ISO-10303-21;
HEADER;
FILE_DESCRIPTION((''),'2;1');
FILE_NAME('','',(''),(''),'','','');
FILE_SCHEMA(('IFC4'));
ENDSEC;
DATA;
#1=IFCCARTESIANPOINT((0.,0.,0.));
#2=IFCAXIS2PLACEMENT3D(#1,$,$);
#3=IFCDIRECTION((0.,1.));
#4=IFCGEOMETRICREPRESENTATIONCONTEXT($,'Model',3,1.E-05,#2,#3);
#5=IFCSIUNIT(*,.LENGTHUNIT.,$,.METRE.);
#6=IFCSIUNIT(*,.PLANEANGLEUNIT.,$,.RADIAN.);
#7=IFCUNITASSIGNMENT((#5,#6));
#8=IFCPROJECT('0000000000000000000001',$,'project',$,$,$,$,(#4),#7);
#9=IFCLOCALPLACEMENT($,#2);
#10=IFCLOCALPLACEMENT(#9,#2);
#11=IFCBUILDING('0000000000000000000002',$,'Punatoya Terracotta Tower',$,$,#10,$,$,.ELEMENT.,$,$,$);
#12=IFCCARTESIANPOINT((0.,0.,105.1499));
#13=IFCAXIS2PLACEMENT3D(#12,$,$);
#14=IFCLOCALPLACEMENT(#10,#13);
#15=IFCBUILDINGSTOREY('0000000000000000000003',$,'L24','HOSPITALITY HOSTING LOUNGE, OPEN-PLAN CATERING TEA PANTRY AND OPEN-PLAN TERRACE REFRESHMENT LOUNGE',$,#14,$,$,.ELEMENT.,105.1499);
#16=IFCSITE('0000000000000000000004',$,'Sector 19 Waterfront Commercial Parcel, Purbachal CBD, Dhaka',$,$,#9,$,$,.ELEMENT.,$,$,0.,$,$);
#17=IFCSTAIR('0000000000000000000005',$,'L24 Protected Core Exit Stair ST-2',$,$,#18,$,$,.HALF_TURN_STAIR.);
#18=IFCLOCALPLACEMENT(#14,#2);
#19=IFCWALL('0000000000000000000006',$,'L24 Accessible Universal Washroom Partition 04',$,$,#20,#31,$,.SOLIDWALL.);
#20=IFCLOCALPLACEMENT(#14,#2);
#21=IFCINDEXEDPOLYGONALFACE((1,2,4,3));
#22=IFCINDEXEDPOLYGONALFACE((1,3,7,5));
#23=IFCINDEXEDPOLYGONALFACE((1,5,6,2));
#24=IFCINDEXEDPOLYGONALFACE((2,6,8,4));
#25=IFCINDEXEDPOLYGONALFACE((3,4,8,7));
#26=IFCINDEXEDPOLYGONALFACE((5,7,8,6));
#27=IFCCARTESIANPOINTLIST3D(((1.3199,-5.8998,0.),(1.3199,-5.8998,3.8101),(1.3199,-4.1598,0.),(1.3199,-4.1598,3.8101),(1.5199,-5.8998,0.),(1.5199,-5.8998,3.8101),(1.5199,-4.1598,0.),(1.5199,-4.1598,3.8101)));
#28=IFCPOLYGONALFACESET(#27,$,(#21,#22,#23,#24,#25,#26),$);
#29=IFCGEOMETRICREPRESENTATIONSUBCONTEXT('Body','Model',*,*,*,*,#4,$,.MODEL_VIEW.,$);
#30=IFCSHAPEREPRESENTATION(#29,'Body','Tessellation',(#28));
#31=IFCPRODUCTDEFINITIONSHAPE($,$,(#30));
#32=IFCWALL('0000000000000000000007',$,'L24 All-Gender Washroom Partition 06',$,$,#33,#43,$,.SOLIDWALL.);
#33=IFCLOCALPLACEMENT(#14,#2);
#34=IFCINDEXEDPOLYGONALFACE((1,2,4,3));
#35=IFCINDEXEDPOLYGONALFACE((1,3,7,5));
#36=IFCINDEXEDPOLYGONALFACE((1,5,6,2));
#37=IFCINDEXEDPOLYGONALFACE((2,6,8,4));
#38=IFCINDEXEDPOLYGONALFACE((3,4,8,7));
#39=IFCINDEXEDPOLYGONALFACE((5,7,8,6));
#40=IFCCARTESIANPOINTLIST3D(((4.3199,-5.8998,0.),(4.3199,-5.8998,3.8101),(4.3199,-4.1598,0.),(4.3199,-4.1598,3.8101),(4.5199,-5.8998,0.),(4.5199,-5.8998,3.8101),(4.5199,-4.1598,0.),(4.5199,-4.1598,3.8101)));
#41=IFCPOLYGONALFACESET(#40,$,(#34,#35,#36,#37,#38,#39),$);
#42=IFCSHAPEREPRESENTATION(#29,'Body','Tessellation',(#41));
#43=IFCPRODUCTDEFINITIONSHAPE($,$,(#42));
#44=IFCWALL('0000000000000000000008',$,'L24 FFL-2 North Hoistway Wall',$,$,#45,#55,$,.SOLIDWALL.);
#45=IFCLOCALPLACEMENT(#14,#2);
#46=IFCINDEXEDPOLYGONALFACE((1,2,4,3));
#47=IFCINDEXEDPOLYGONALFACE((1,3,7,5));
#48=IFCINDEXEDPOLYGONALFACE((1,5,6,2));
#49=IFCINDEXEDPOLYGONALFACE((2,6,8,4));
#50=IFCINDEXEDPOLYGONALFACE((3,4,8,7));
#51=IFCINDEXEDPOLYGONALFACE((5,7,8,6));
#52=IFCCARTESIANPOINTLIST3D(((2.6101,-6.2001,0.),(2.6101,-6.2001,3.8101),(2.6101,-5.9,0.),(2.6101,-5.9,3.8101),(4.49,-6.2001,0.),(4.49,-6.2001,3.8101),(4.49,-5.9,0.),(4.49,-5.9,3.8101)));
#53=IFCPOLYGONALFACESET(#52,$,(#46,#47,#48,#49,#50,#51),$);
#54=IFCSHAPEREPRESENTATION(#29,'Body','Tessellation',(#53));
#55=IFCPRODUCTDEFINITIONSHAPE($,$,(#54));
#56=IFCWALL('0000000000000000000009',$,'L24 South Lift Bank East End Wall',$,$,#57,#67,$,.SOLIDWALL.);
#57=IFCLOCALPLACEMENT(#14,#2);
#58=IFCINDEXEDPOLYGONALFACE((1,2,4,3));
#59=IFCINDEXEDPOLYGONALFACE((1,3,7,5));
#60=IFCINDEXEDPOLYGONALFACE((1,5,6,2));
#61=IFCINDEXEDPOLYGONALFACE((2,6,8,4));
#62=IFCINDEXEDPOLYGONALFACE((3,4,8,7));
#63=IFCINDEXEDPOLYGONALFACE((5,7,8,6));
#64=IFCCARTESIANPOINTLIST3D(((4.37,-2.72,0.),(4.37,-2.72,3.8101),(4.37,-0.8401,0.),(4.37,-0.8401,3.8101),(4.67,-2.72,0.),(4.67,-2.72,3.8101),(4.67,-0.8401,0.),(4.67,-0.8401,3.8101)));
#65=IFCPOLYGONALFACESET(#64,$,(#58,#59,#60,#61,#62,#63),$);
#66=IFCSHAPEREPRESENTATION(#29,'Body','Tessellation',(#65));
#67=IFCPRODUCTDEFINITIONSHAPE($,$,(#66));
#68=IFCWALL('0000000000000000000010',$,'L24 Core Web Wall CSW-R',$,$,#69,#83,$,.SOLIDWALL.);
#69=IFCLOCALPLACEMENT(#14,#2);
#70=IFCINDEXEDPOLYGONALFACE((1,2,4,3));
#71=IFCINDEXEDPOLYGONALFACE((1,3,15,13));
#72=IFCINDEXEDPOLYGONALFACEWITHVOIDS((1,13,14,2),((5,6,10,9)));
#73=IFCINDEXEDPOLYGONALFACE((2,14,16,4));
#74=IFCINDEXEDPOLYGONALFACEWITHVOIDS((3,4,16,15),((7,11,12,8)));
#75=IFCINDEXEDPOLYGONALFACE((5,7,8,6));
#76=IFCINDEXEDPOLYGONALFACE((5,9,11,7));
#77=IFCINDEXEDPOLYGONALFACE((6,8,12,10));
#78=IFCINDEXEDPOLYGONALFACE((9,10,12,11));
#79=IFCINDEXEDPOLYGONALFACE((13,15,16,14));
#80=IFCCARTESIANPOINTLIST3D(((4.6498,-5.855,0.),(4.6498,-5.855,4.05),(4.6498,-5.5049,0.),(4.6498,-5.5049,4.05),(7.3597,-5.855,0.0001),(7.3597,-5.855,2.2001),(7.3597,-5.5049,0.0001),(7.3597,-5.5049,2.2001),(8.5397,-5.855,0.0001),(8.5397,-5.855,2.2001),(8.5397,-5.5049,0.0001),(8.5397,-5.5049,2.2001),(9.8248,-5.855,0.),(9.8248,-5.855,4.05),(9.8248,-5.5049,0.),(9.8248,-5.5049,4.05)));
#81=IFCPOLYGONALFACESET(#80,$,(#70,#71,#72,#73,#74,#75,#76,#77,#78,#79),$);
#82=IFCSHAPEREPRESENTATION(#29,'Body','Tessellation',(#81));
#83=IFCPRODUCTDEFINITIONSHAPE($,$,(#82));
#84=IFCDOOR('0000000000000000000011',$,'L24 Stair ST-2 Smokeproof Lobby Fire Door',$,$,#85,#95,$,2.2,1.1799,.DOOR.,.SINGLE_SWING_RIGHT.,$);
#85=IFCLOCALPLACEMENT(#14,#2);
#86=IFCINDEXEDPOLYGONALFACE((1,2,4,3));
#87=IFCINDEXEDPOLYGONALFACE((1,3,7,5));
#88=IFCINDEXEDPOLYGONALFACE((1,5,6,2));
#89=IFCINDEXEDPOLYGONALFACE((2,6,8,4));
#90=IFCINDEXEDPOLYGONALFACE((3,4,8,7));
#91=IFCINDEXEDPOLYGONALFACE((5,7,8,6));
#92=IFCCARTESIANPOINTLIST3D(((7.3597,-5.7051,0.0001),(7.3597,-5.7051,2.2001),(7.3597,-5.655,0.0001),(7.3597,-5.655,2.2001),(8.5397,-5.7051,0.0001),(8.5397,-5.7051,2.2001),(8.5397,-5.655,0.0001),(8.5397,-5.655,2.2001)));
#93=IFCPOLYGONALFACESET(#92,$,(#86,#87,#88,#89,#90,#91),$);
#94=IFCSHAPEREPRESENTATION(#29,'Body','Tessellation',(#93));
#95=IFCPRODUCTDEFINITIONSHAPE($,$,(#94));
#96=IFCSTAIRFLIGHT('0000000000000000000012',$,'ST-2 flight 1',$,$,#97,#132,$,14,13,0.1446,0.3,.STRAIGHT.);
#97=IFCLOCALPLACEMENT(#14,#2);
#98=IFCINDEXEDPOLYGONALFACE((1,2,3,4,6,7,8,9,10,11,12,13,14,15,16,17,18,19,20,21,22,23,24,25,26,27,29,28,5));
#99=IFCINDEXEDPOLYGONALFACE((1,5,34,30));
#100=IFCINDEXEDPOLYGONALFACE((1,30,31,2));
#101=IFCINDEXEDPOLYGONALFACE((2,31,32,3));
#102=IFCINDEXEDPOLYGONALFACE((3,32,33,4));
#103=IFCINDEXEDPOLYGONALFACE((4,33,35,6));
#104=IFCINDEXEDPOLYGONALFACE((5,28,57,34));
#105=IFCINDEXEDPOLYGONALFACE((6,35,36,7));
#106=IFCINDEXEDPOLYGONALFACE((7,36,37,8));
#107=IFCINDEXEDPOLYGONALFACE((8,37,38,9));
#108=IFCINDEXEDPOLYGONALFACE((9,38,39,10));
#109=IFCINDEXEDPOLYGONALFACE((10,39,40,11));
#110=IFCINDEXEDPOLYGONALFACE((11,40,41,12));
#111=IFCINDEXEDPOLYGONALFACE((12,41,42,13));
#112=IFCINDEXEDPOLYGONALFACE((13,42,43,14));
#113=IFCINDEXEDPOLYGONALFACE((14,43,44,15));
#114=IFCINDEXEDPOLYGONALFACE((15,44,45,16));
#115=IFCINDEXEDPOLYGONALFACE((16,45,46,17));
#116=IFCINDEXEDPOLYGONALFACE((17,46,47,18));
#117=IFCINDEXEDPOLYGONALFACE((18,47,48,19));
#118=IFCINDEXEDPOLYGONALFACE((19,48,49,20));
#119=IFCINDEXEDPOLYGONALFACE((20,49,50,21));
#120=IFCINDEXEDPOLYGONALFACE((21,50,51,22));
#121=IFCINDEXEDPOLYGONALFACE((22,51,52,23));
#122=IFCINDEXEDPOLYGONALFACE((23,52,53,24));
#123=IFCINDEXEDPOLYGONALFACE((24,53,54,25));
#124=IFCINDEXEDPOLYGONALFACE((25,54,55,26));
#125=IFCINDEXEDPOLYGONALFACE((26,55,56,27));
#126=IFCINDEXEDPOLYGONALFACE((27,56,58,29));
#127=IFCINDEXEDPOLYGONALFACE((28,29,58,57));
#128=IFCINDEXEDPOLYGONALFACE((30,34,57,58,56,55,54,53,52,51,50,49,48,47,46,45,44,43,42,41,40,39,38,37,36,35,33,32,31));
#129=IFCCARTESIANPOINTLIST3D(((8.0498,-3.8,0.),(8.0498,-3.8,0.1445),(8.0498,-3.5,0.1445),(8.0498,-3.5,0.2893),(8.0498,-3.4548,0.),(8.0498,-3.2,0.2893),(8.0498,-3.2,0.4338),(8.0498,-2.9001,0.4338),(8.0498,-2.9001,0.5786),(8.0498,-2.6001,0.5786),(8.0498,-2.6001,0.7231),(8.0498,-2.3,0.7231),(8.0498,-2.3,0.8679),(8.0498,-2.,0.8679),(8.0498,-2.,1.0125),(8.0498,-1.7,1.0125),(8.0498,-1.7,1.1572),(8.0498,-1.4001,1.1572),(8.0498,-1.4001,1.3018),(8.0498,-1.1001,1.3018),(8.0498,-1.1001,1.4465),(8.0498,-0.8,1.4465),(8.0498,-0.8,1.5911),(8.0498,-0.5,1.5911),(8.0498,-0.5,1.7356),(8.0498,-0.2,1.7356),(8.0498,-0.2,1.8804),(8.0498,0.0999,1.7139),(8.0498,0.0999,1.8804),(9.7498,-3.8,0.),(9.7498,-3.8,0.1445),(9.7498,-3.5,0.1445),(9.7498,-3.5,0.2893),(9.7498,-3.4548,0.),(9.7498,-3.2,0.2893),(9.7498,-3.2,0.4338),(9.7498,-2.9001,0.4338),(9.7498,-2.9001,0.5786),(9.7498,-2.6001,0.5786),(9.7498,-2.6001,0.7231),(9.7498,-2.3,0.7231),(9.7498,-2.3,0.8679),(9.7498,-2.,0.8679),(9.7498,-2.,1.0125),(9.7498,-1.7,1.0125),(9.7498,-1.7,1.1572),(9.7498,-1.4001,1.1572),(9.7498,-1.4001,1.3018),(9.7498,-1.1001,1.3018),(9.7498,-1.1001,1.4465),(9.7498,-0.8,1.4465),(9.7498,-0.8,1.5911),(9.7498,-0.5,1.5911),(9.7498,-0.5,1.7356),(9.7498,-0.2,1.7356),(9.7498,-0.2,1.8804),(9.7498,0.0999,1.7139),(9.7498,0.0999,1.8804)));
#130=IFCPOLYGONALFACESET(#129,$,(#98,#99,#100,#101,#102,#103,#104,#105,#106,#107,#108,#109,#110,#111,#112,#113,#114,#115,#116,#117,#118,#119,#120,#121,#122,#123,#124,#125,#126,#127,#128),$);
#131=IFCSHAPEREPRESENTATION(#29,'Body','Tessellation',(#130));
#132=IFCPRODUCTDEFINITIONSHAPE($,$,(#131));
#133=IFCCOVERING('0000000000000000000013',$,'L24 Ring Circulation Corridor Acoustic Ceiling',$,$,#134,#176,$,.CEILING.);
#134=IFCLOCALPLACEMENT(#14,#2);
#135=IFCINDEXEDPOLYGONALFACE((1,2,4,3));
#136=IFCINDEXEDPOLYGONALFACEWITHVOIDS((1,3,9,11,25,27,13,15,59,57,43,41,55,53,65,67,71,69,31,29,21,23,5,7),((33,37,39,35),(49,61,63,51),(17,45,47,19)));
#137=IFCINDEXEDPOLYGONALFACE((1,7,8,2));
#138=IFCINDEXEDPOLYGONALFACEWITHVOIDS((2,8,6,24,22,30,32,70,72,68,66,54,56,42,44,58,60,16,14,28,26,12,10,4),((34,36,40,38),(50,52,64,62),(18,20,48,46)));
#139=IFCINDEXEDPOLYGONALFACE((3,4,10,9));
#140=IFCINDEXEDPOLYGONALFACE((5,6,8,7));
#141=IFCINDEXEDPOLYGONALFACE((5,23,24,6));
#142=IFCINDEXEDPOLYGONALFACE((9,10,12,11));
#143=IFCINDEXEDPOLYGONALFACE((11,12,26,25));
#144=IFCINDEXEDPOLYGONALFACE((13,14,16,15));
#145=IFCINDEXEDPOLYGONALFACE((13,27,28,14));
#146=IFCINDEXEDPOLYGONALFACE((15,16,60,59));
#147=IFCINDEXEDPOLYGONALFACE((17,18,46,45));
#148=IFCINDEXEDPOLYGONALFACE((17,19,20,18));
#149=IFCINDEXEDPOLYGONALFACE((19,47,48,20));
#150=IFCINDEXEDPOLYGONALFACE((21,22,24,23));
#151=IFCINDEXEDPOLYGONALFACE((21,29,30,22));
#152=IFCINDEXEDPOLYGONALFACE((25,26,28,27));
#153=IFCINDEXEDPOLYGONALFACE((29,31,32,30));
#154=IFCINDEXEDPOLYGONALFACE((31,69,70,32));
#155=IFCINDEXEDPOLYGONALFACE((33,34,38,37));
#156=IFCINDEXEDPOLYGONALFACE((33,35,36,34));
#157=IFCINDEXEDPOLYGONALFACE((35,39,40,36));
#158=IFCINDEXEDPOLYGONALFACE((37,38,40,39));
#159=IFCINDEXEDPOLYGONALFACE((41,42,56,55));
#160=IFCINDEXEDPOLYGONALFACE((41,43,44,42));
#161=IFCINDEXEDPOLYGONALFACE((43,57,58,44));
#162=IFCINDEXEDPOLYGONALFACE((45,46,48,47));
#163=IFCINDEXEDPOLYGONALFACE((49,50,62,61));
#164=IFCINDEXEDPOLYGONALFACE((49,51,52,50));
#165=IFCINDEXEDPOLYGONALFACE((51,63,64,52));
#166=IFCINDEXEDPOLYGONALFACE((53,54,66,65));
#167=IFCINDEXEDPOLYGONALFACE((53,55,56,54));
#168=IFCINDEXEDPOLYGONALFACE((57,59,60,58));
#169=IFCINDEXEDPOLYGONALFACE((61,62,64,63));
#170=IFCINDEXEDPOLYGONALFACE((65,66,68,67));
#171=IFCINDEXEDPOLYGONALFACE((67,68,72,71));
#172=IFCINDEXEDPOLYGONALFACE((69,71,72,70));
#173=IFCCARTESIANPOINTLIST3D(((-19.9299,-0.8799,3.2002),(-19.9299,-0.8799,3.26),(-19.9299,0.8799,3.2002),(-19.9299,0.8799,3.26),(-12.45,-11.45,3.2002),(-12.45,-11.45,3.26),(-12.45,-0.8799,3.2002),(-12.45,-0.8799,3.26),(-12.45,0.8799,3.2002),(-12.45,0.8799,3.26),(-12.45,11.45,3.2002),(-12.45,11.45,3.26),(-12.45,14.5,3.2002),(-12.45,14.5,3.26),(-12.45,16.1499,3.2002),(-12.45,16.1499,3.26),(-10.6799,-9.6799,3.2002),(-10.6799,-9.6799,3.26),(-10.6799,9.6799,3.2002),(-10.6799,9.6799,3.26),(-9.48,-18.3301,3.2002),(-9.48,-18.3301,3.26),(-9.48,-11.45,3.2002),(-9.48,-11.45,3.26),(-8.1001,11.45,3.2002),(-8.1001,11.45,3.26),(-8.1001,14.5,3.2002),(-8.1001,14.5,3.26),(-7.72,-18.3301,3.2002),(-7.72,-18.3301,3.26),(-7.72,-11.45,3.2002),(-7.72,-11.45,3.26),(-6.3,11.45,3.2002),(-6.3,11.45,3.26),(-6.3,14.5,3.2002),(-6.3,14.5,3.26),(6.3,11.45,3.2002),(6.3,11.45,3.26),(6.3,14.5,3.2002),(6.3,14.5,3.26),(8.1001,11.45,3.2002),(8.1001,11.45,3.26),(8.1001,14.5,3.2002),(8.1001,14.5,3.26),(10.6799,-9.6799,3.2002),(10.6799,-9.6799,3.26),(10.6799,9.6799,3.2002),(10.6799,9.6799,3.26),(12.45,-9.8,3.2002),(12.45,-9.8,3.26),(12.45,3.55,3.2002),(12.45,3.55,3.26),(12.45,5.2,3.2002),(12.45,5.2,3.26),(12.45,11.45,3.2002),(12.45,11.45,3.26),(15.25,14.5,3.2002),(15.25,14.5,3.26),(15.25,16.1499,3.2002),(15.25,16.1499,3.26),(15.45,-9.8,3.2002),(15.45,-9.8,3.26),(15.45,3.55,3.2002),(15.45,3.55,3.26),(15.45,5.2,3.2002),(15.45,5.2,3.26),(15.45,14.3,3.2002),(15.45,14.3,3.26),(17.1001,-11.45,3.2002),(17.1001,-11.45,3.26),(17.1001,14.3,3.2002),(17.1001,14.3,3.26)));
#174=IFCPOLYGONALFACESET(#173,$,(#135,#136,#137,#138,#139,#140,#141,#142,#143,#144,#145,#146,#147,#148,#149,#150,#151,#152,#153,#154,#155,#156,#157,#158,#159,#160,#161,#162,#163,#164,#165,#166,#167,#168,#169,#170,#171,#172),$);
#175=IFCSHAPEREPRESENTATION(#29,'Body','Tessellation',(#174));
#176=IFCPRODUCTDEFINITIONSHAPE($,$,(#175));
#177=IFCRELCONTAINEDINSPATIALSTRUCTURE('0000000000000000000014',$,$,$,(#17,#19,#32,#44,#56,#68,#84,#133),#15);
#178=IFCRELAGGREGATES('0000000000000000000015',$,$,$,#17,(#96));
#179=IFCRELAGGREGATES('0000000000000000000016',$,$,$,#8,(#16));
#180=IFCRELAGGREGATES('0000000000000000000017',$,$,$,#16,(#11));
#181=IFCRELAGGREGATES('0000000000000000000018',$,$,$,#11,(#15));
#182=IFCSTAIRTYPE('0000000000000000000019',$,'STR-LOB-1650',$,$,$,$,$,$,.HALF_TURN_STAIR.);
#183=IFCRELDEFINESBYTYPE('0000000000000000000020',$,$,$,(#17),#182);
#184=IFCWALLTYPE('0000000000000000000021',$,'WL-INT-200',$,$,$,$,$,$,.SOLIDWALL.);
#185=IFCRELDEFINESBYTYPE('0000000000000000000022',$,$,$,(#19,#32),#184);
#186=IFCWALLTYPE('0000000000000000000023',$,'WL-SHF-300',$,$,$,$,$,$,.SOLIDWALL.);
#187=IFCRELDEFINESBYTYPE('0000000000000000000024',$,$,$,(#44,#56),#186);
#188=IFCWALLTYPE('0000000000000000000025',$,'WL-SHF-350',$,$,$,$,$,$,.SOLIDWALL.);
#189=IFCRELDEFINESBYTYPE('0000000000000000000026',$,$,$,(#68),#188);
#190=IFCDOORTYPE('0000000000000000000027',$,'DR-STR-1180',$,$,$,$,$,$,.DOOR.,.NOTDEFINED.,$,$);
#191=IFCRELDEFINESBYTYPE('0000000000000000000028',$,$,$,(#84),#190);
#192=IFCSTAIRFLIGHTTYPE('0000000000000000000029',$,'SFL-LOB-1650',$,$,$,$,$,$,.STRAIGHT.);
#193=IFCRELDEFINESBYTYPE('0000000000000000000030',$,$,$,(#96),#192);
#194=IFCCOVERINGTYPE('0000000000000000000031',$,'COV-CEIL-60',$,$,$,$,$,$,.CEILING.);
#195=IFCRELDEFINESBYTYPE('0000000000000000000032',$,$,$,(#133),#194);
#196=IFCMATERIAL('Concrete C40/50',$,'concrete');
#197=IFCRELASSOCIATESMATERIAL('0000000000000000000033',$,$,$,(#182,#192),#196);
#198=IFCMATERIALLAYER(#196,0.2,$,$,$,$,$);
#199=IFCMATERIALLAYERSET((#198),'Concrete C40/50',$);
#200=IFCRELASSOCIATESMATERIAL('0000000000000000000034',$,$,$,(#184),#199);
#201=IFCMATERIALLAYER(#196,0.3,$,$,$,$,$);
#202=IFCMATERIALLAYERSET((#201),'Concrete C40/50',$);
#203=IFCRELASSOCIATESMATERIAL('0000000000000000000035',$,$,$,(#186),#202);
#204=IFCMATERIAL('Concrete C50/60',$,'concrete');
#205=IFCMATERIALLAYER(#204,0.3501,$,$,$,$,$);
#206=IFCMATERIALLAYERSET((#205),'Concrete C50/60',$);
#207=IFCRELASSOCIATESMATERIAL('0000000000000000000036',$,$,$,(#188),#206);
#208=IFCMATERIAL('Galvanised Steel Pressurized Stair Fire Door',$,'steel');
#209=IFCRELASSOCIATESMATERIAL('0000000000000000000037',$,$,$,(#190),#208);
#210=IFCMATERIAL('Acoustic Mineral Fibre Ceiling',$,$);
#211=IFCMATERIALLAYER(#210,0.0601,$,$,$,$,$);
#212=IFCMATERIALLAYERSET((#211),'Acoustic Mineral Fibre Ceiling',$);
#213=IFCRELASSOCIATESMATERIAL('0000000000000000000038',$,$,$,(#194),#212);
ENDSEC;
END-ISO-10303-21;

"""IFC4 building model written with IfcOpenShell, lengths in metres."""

from ifc_helpers import new_model, si_unit, direction, frame, frame_2d, origin, place, context, subcontext, project, spatial, polyline, rectangle, outline, extrude, material, layer, layer_set, type_object, element, fill, aggregate, save


model = new_model("IFC4")

# Units and contexts
model_context = context("Model", 3, precision=1e-05, world=origin(), true_north=direction((0.0, 1.0)))
body_context = subcontext(model_context, "Body", "Model", "MODEL_VIEW")
ifc_project = project(units=[si_unit("LENGTHUNIT", "METRE"), si_unit("PLANEANGLEUNIT", "RADIAN")], contexts=[model_context])

# Site, building, storey
site_placement = place(None, origin())
site = spatial("IfcSite", under=ifc_project, at=site_placement, Name="Sector 19 Waterfront Commercial Parcel, Purbachal CBD, Dhaka", CompositionType="ELEMENT", RefElevation=0.0)
building_placement = place(site_placement, origin())
building = spatial("IfcBuilding", under=site, at=building_placement, Name="Punatoya Terracotta Tower", CompositionType="ELEMENT")
storey_placement = place(building_placement, frame((0.0, 0.0, 105.1499)))
storey = spatial("IfcBuildingStorey", under=building, at=storey_placement, Name="L24", Description="HOSPITALITY HOSTING LOUNGE, OPEN-PLAN CATERING TEA PANTRY AND OPEN-PLAN TERRACE REFRESHMENT LOUNGE", CompositionType="ELEMENT", Elevation=105.1499)

# Stair
ifc_material_1 = material(Name="Concrete C40/50", Category="concrete")
stair_type_1 = type_object("IfcStairType", Name="STR-LOB-1650", PredefinedType="HALF_TURN_STAIR", material=ifc_material_1)
stair_1_placement = place(storey_placement, origin())
stair_1 = element("IfcStair", 1, at=stair_1_placement, inside=storey, type_object=stair_type_1, Name="L24 Protected Core Exit Stair ST-2", PredefinedType="HALF_TURN_STAIR")

# Wall
ifc_layer_1 = layer(ifc_material_1, 0.2)
ifc_layer_set_1 = layer_set([ifc_layer_1], Name="Concrete C40/50")
wall_type_1 = type_object("IfcWallType", Name="WL-INT-200", PredefinedType="SOLIDWALL", material=ifc_layer_set_1)
wall_1_placement = place(storey_placement, frame((1.4199, -5.8999, 0.0), z_axis=(0.0, 0.0, 1.0), x_axis=(0.0, 1.0, 0.0)))
element("IfcWall", 2, at=wall_1_placement, inside=storey, type_object=wall_type_1, Name="L24 Accessible Universal Washroom Partition 04", PredefinedType="SOLIDWALL", context=body_context, shape_type="SweptSolid", body=[
    extrude(rectangle(XDim=1.74, YDim=0.2, at=frame_2d((0.8701, 0.0))), origin(), (0.0, 0.0, 1.0), 3.8101),
])

# Wall
wall_2_placement = place(storey_placement, frame((4.4199, -5.8999, 0.0), z_axis=(0.0, 0.0, 1.0), x_axis=(0.0, 1.0, 0.0)))
element("IfcWall", 3, at=wall_2_placement, inside=storey, type_object=wall_type_1, Name="L24 All-Gender Washroom Partition 06", PredefinedType="SOLIDWALL", context=body_context, shape_type="SweptSolid", body=[
    extrude(rectangle(XDim=1.74, YDim=0.2, at=frame_2d((0.8701, 0.0))), origin(), (0.0, 0.0, 1.0), 3.8101),
])

# Walls
ifc_layer_2 = layer(ifc_material_1, 0.3)
ifc_layer_set_2 = layer_set([ifc_layer_2], Name="Concrete C40/50")
wall_type_2 = type_object("IfcWallType", Name="WL-SHF-300", PredefinedType="SOLIDWALL", material=ifc_layer_set_2)
for number, where, z_axis, x_axis, name in (
    (4, (2.6101, -6.05, 0.0), (0.0, 0.0, 1.0), (1.0, 0.0, 0.0), "L24 FFL-2 North Hoistway Wall"),
    (5, (4.52, -2.72, 0.0), (0.0, 0.0, 1.0), (0.0, 1.0, 0.0), "L24 South Lift Bank East End Wall"),
):
    element("IfcWall", number, at=place(storey_placement, frame(where, z_axis=z_axis, x_axis=x_axis)), inside=storey, type_object=wall_type_2, Name=name, PredefinedType="SOLIDWALL", context=body_context, shape_type="SweptSolid", body=[
        extrude(rectangle(XDim=1.8799, YDim=0.3, at=frame_2d((0.9399, 0.0))), origin(), (0.0, 0.0, 1.0), 3.8101),
    ])

# Wall, opening, door
ifc_material_2 = material(Name="Concrete C50/60", Category="concrete")
ifc_layer_3 = layer(ifc_material_2, 0.3501)
ifc_layer_set_3 = layer_set([ifc_layer_3], Name="Concrete C50/60")
wall_type_3 = type_object("IfcWallType", Name="WL-SHF-350", PredefinedType="SOLIDWALL", material=ifc_layer_set_3)
wall_3_placement = place(storey_placement, frame((4.6499, -5.6799, 0.0), z_axis=(0.0, 0.0, 1.0), x_axis=(1.0, 0.0, 0.0)))
wall_3 = element("IfcWall", 6, at=wall_3_placement, inside=storey, type_object=wall_type_3, Name="L24 Core Web Wall CSW-R", PredefinedType="SOLIDWALL", context=body_context, shape_type="SweptSolid", body=[
    extrude(rectangle(XDim=5.175, YDim=0.3501, at=frame_2d((2.5874, 0.0))), origin(), (0.0, 0.0, 1.0), 4.05),
])
opening_1_placement = place(wall_3_placement, frame((2.71, 0.0, 0.0)))
opening_1 = element("IfcOpeningElement", 7, at=opening_1_placement, cuts=wall_3, PredefinedType="OPENING", context=body_context, shape_type="SweptSolid", body=[
    extrude(rectangle(XDim=1.1799, YDim=2.2, at=frame_2d((0.5898, 1.1001))), frame((0.0, 0.1851, 0.0), z_axis=(0.0, -1.0, 0.0), x_axis=(1.0, 0.0, 0.0)), (0.0, 0.0, 1.0), 0.3701),
])
ifc_material_3 = material(Name="Galvanised Steel Pressurized Stair Fire Door", Category="steel")
door_type_1 = type_object("IfcDoorType", Name="DR-STR-1180", OperationType="NOTDEFINED", PredefinedType="DOOR", material=ifc_material_3)
door_1_placement = place(opening_1_placement, origin())
door_1 = element("IfcDoor", 8, at=door_1_placement, inside=storey, type_object=door_type_1, Name="L24 Stair ST-2 Smokeproof Lobby Fire Door", OperationType="SINGLE_SWING_RIGHT", OverallHeight=2.2, OverallWidth=1.1799, PredefinedType="DOOR", context=body_context, shape_type="SweptSolid", body=[
    extrude(rectangle(XDim=1.1799, YDim=2.2, at=frame_2d((0.5898, 1.1001))), frame((0.0, 0.0249, 0.0), z_axis=(0.0, -1.0, 0.0), x_axis=(1.0, 0.0, 0.0)), (0.0, 0.0, 1.0), 0.05),
])
fill(opening_1, door_1)

# Stair flight
stair_flight_type = type_object("IfcStairFlightType", Name="SFL-LOB-1650", PredefinedType="STRAIGHT", material=ifc_material_1)
stair_flight_placement = place(storey_placement, frame((8.8999, -3.8, 0.0), z_axis=(0.0, 0.0, 1.0), x_axis=(0.0, 1.0, 0.0)))
stair_flight = element("IfcStairFlight", 9, at=stair_flight_placement, type_object=stair_flight_type, Name="ST-2 flight 1", NumberOfRisers=14, NumberOfTreads=13, PredefinedType="STRAIGHT", RiserHeight=0.1446, TreadLength=0.3, context=body_context, shape_type="SweptSolid", body=[
    extrude(outline(polyline([(0.0, 0.0), (0.0, 0.1445), (0.3, 0.1445), (0.3, 0.2893), (0.6001, 0.2893), (0.6001, 0.4338), (0.8999, 0.4338), (0.8999, 0.5786), (1.2, 0.5786), (1.2, 0.7231), (1.5, 0.7231), (1.5, 0.8679), (1.8, 0.8679), (1.8, 1.0125), (2.1001, 1.0125), (2.1001, 1.1572), (2.3999, 1.1572), (2.3999, 1.3018), (2.7, 1.3018), (2.7, 1.4465), (3.0, 1.4465), (3.0, 1.5911), (3.3, 1.5911), (3.3, 1.7356), (3.6001, 1.7356), (3.6001, 1.8804), (3.8999, 1.8804), (3.8999, 2.0249), (3.8999, 1.7139), (0.3452, 0.0), (0.0, 0.0)])), frame((0.0, 0.8501, 0.0), z_axis=(0.0, -1.0, 0.0), x_axis=(1.0, 0.0, 0.0)), (0.0, 0.0, 1.0), 1.7),
])
aggregate(stair_1, [stair_flight])

# Covering
ifc_material_4 = material(Name="Acoustic Mineral Fibre Ceiling")
ifc_layer_4 = layer(ifc_material_4, 0.0601)
ifc_layer_set_4 = layer_set([ifc_layer_4], Name="Acoustic Mineral Fibre Ceiling")
covering_type = type_object("IfcCoveringType", Name="COV-CEIL-60", PredefinedType="CEILING", material=ifc_layer_set_4)
covering_1_placement = place(storey_placement, frame((0.0, 0.0, 3.2002)))
element("IfcCovering", 10, at=covering_1_placement, inside=storey, type_object=covering_type, Name="L24 Ring Circulation Corridor Acoustic Ceiling", PredefinedType="CEILING", context=body_context, shape_type="SweptSolid", body=[
    extrude(outline(polyline([(-7.72, -18.3301), (-7.72, -11.45), (17.1001, -11.45), (17.1001, 14.3), (15.45, 14.3), (15.45, 5.2), (12.45, 5.2), (12.45, 11.45), (8.1001, 11.45), (8.1001, 14.5), (15.25, 14.5), (15.25, 16.1499), (-12.45, 16.1499), (-12.45, 14.5), (-8.1001, 14.5), (-8.1001, 11.45), (-12.45, 11.45), (-12.45, 0.8799), (-19.9299, 0.8799), (-19.9299, -0.8799), (-12.45, -0.8799), (-12.45, -11.45), (-9.48, -11.45), (-9.48, -18.3301), (-7.72, -18.3301)]), holes=[polyline([(15.45, -9.8), (12.45, -9.8), (12.45, 3.55), (15.45, 3.55), (15.45, -9.8)]), polyline([(10.6799, 9.6799), (10.6799, -9.6799), (-10.6799, -9.6799), (-10.6799, 9.6799), (10.6799, 9.6799)]), polyline([(6.3, 14.5), (6.3, 11.45), (-6.3, 11.45), (-6.3, 14.5), (6.3, 14.5)])]), origin(), (0.0, 0.0, 1.0), 0.0598),
])

save(model, "model.ifc")
